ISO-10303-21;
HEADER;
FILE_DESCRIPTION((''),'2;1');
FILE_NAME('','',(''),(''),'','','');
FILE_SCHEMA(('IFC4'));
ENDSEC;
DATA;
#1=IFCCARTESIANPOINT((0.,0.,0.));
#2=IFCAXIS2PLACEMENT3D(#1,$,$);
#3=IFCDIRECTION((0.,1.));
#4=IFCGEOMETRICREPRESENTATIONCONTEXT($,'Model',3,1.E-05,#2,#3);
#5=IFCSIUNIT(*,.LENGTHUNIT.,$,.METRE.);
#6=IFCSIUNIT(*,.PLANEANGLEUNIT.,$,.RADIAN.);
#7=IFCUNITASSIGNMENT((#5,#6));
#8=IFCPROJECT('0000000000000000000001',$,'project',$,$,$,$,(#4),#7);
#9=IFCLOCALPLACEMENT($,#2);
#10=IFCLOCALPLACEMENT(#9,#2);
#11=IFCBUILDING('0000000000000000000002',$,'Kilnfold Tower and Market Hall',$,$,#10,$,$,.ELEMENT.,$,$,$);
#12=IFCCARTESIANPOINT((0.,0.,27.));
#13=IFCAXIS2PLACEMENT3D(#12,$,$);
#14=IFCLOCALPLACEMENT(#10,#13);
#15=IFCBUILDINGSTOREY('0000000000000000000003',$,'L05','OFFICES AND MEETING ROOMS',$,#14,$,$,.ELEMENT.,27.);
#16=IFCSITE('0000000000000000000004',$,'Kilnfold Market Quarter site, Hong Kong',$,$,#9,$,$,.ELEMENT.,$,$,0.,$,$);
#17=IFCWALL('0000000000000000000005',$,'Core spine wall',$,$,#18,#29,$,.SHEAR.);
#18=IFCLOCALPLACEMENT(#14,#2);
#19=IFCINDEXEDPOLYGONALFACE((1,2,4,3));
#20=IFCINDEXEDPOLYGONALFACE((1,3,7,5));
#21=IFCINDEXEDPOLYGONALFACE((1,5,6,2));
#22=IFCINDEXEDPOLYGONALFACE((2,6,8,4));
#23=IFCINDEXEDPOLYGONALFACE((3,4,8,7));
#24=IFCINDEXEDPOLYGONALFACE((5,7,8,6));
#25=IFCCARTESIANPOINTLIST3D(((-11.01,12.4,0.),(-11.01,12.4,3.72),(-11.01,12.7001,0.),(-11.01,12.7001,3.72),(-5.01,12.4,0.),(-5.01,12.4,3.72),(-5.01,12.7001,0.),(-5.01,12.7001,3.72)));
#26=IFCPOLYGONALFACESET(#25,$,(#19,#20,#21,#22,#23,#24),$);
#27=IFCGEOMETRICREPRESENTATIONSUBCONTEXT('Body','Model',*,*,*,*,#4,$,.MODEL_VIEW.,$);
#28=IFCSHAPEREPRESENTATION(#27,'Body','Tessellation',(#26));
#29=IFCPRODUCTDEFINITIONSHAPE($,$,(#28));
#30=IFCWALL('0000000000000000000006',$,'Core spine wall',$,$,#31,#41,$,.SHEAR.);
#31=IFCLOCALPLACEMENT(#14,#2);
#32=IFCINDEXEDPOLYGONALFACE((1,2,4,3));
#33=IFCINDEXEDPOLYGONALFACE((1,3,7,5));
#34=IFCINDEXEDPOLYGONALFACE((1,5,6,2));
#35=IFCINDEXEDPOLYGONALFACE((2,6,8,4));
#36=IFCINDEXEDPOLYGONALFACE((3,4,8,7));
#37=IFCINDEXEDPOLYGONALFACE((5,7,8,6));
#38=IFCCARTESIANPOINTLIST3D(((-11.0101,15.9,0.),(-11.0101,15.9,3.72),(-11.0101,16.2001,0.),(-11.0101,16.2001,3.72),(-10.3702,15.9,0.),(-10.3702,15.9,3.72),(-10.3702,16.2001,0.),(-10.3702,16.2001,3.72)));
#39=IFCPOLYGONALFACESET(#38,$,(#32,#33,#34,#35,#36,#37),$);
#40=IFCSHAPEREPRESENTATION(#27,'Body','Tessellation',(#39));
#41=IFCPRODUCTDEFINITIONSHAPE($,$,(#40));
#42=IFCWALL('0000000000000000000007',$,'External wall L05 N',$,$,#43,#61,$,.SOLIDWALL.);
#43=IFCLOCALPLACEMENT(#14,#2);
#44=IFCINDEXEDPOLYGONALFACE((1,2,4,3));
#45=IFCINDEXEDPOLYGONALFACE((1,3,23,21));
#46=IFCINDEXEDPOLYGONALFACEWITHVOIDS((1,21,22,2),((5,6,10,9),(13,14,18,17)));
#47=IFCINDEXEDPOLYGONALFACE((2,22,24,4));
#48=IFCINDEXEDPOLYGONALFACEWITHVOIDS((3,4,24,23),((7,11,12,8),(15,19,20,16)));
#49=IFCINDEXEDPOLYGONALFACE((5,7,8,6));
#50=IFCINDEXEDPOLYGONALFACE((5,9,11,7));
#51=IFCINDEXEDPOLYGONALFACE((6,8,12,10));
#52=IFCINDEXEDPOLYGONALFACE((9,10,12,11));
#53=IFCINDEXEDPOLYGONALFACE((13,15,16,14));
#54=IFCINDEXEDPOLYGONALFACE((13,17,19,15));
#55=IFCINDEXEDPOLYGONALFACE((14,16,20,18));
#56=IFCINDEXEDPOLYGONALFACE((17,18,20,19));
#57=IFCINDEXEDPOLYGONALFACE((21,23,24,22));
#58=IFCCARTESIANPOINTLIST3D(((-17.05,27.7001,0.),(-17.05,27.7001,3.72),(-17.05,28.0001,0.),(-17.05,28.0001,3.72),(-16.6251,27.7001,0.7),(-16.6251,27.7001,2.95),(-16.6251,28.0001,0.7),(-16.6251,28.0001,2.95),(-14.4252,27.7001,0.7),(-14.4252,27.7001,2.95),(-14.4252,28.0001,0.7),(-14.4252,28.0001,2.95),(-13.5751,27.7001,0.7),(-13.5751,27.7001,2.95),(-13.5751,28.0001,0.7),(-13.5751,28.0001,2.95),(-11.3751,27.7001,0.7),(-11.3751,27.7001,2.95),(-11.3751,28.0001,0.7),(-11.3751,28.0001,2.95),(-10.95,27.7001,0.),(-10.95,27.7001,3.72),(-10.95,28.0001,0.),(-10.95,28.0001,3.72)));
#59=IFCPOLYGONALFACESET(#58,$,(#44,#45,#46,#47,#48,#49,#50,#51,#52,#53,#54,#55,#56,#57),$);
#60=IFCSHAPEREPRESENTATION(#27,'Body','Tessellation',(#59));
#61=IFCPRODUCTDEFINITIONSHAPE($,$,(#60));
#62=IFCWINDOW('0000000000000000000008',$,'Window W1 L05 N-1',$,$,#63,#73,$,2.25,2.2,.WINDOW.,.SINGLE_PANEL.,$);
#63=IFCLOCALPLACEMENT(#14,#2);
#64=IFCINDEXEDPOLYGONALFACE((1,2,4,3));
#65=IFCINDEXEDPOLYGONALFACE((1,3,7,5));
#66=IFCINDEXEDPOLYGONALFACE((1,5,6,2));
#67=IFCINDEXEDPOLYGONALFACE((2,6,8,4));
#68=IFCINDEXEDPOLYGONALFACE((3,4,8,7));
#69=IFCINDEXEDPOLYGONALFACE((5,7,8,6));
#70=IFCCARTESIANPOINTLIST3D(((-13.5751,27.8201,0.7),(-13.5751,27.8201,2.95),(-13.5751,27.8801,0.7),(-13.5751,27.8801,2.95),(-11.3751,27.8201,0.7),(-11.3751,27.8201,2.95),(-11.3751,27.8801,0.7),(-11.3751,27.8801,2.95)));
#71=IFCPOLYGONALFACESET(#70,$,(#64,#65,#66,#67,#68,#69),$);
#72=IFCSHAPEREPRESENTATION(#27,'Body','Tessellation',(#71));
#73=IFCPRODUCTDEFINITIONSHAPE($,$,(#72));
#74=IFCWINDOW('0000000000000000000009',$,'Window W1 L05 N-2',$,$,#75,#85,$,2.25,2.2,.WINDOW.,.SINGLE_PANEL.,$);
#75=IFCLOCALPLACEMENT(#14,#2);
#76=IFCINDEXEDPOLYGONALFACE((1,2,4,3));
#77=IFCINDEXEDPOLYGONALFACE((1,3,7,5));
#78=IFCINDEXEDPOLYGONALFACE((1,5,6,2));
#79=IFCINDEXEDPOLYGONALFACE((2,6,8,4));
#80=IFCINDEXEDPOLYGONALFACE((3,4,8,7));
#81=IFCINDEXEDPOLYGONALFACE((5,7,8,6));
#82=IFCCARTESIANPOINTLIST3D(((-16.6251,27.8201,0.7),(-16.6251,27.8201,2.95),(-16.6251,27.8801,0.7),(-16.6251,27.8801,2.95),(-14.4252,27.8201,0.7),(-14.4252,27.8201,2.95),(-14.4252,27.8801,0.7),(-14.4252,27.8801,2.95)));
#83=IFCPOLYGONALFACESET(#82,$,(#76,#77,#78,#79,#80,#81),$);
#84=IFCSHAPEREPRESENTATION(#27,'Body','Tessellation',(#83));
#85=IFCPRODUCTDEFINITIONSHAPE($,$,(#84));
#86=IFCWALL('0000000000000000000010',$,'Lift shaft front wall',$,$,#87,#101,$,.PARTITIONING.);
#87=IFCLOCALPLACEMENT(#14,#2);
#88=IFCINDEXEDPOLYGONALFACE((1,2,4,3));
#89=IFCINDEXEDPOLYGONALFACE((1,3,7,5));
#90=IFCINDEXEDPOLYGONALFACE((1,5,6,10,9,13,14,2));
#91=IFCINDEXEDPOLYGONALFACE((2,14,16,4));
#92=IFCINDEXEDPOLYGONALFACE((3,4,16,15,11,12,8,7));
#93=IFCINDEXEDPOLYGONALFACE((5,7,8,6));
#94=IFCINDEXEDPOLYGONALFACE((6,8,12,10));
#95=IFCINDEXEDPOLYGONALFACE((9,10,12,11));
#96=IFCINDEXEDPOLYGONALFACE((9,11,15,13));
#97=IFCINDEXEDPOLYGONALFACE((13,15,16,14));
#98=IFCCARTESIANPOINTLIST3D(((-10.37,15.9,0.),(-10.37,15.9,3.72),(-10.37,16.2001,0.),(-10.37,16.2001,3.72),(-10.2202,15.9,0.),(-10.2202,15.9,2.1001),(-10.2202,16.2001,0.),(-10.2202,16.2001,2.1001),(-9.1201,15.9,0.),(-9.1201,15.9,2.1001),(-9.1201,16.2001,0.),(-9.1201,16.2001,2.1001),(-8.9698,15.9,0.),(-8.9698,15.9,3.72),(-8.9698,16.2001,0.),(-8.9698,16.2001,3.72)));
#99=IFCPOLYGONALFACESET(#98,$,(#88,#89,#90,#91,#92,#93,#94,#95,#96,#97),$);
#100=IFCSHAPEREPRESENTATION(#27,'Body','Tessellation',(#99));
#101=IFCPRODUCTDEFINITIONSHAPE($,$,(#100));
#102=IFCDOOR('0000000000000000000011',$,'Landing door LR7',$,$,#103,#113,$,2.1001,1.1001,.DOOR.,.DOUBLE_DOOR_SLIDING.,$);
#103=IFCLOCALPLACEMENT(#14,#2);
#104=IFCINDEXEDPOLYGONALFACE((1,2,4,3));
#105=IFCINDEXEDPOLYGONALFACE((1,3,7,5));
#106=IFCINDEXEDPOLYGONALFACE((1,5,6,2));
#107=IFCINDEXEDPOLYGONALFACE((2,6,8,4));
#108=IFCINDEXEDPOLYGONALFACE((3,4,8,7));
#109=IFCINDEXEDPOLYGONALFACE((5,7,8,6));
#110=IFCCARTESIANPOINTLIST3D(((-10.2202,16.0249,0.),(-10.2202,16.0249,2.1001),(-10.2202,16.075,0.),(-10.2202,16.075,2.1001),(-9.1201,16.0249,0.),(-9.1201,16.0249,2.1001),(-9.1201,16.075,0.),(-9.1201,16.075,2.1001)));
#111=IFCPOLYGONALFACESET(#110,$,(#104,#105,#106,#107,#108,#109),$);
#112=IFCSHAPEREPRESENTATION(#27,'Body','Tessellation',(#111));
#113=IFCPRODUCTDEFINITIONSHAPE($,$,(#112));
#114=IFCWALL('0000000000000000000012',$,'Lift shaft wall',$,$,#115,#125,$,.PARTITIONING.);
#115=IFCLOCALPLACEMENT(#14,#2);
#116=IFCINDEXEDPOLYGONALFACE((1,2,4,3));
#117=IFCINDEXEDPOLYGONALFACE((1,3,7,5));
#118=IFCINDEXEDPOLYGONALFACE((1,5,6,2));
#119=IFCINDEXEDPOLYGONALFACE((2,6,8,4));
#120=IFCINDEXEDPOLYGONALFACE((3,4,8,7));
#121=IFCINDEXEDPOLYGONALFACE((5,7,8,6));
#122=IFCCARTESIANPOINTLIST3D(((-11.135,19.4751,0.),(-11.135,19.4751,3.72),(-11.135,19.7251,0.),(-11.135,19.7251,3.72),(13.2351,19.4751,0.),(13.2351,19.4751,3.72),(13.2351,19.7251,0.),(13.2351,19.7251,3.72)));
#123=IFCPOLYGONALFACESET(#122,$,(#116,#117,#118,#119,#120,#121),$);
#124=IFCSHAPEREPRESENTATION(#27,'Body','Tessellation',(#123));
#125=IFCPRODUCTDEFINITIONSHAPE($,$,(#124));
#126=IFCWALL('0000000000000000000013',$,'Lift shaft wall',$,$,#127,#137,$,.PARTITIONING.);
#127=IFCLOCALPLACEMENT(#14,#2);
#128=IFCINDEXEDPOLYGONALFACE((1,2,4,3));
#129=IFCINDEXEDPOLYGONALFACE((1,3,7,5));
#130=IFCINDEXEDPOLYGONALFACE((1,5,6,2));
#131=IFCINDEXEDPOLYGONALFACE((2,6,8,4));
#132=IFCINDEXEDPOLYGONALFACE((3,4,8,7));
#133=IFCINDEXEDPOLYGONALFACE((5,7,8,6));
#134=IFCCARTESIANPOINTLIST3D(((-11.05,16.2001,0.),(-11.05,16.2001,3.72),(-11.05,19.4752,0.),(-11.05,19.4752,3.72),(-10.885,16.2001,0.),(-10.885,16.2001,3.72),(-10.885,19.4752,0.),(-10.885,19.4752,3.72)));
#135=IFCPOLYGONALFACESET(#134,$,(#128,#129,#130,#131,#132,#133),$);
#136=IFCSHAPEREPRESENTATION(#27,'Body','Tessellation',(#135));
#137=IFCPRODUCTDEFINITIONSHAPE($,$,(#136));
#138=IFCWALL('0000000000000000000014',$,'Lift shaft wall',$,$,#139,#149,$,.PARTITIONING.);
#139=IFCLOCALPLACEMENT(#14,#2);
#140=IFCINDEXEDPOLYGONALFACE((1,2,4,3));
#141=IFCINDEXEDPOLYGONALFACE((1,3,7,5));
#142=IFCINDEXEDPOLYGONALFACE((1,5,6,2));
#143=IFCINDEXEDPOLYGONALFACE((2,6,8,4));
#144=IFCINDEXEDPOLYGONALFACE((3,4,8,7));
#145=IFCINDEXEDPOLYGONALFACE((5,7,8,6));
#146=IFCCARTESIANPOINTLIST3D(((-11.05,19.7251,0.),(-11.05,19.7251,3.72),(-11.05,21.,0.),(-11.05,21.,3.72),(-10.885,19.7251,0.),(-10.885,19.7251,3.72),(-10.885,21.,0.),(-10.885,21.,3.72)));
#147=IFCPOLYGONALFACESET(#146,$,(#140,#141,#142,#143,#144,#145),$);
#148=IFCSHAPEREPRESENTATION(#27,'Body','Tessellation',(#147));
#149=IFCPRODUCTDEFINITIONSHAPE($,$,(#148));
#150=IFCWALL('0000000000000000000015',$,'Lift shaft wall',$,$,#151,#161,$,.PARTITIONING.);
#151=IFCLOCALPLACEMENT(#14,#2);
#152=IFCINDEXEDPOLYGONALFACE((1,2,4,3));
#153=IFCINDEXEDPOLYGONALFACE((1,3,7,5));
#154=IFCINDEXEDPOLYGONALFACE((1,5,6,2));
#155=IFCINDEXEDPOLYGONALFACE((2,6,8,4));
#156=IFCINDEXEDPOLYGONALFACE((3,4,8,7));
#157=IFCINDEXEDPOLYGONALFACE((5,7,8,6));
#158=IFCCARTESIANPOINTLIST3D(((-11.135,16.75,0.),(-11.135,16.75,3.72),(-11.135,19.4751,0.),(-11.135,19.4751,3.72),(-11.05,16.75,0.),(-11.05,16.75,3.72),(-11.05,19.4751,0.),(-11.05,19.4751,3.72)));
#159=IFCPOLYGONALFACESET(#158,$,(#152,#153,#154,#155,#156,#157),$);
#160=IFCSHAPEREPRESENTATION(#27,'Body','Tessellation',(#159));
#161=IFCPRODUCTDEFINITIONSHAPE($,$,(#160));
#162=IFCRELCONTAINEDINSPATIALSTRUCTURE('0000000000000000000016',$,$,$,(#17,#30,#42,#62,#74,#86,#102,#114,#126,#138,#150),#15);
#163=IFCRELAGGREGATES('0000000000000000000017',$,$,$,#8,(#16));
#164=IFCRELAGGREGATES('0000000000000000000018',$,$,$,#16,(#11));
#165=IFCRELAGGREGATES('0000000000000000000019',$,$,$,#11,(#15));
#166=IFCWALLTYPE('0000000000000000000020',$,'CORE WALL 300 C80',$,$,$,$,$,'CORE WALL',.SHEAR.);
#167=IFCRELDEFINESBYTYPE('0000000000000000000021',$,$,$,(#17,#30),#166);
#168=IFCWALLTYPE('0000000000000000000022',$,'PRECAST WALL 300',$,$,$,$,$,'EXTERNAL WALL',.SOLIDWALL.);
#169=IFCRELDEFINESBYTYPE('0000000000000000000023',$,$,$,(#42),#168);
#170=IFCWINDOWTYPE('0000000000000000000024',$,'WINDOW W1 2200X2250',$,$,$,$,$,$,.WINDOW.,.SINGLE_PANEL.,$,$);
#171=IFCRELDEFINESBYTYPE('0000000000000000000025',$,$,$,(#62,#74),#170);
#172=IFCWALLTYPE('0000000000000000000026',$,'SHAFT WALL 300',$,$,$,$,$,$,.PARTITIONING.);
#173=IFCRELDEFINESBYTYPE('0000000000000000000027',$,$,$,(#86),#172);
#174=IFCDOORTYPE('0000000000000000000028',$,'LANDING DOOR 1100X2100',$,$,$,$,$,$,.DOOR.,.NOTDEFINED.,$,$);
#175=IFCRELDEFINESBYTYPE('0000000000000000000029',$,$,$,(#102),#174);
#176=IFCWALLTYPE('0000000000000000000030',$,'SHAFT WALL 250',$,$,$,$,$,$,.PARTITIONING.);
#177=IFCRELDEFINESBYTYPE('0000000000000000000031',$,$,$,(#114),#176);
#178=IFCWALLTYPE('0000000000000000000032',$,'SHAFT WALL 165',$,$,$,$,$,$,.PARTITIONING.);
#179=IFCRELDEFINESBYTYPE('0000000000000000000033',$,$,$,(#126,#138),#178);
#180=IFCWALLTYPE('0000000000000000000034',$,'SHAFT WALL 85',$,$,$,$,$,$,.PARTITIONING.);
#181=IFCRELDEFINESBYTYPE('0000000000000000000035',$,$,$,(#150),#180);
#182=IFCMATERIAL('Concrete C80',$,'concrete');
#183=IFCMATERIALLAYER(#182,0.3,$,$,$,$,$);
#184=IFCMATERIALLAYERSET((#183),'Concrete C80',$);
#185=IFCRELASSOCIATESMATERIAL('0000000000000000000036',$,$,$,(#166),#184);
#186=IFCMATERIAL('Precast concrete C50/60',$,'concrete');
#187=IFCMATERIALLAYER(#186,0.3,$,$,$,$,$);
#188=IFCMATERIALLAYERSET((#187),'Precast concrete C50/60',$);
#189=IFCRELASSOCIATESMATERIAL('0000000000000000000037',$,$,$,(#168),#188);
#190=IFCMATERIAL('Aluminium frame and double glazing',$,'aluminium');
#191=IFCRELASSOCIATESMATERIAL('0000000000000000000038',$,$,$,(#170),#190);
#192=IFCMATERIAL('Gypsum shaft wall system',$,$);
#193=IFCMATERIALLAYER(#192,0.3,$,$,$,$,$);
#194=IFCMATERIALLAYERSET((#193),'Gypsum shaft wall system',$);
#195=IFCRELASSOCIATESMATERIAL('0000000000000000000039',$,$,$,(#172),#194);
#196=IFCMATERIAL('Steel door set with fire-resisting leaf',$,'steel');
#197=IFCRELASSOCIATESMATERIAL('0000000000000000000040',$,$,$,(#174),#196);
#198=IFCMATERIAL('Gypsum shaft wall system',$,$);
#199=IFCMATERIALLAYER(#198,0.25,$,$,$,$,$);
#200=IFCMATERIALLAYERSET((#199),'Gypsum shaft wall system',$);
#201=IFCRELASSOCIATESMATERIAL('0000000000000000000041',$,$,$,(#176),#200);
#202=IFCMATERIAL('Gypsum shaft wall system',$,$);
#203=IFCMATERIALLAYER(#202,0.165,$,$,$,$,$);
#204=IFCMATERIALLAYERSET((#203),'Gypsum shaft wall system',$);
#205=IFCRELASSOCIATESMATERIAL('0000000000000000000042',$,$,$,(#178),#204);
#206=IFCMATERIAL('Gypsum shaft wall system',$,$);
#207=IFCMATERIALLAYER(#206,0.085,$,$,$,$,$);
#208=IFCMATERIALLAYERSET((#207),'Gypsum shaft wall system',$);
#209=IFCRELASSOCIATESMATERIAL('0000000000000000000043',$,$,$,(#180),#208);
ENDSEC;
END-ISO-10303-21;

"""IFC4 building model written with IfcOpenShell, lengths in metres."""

from ifc_helpers import new_model, si_unit, direction, frame, frame_2d, origin, place, context, subcontext, project, spatial, rectangle, extrude, source, transform, mapped, material, layer, layer_set, type_object, element, fill, save


model = new_model("IFC4")

# Units and contexts
model_context = context("Model", 3, precision=1e-05, world=origin(), true_north=direction((0.0, 1.0)))
body_context = subcontext(model_context, "Body", "Model", "MODEL_VIEW")
ifc_project = project(units=[si_unit("LENGTHUNIT", "METRE"), si_unit("PLANEANGLEUNIT", "RADIAN")], contexts=[model_context])

# Site, building, storey
site_placement = place(None, origin())
site = spatial("IfcSite", under=ifc_project, at=site_placement, Name="Kilnfold Market Quarter site, Hong Kong", CompositionType="ELEMENT", RefElevation=0.0)
building_placement = place(site_placement, origin())
building = spatial("IfcBuilding", under=site, at=building_placement, Name="Kilnfold Tower and Market Hall", CompositionType="ELEMENT")
storey_placement = place(building_placement, frame((0.0, 0.0, 27.0)))
storey = spatial("IfcBuildingStorey", under=building, at=storey_placement, Name="L05", Description="OFFICES AND MEETING ROOMS", CompositionType="ELEMENT", Elevation=27.0)

# Walls
ifc_material_1 = material(Name="Concrete C80", Category="concrete")
ifc_layer_1 = layer(ifc_material_1, 0.3)
ifc_layer_set_1 = layer_set([ifc_layer_1], Name="Concrete C80")
wall_type_1 = type_object("IfcWallType", Name="CORE WALL 300 C80", ElementType="CORE WALL", PredefinedType="SHEAR", material=ifc_layer_set_1)
shared_shape_1 = source(origin(), body_context, "Body", "SweptSolid", [
    extrude(rectangle(XDim=6.0, YDim=0.3, at=frame_2d((3.0, 0.0))), origin(), (0.0, 0.0, 1.0), 3.72),
])
wall_1_placement = place(storey_placement, frame((-11.01, 12.55, 0.0), z_axis=(0.0, 0.0, 1.0), x_axis=(1.0, 0.0, 0.0)))
element("IfcWall", 1, at=wall_1_placement, inside=storey, type_object=wall_type_1, Name="Core spine wall", PredefinedType="SHEAR", context=body_context, shape_type="MappedRepresentation", body=[
    mapped(shared_shape_1, transform((0.0, 0.0, 0.0))),
])
shared_shape_2 = source(origin(), body_context, "Body", "SweptSolid", [
    extrude(rectangle(XDim=0.6399, YDim=0.3, at=frame_2d((0.3198, 0.0))), origin(), (0.0, 0.0, 1.0), 3.72),
])
wall_2_placement = place(storey_placement, frame((-11.01, 16.05, 0.0), z_axis=(0.0, 0.0, 1.0), x_axis=(1.0, 0.0, 0.0)))
element("IfcWall", 2, at=wall_2_placement, inside=storey, type_object=wall_type_1, Name="Core spine wall", PredefinedType="SHEAR", context=body_context, shape_type="MappedRepresentation", body=[
    mapped(shared_shape_2, transform((0.0, 0.0, 0.0))),
])

# Wall, openings, windows
ifc_material_2 = material(Name="Precast concrete C50/60", Category="concrete")
ifc_layer_2 = layer(ifc_material_2, 0.3)
ifc_layer_set_2 = layer_set([ifc_layer_2], Name="Precast concrete C50/60")
wall_type_2 = type_object("IfcWallType", Name="PRECAST WALL 300", ElementType="EXTERNAL WALL", PredefinedType="SOLIDWALL", material=ifc_layer_set_2)
shared_shape_3 = source(origin(), body_context, "Body", "SweptSolid", [
    extrude(rectangle(XDim=6.1001, YDim=0.3, at=frame_2d((3.05, 0.0))), origin(), (0.0, 0.0, 1.0), 3.72),
])
wall_3_placement = place(storey_placement, frame((-10.95, 27.8501, 0.0), z_axis=(0.0, 0.0, 1.0), x_axis=(-1.0, 0.0, 0.0)))
wall_3 = element("IfcWall", 3, at=wall_3_placement, inside=storey, type_object=wall_type_2, Name="External wall L05 N", PredefinedType="SOLIDWALL", context=body_context, shape_type="MappedRepresentation", body=[
    mapped(shared_shape_3, transform((0.0, 0.0, 0.0))),
])
opening_1_placement = place(wall_3_placement, frame((0.425, 0.0, 0.7)))
opening_1 = element("IfcOpeningElement", 4, at=opening_1_placement, cuts=wall_3, PredefinedType="OPENING", context=body_context, shape_type="SweptSolid", body=[
    extrude(rectangle(XDim=2.2, YDim=2.25, at=frame_2d((1.1001, 1.125))), frame((0.0, 0.1602, 0.0), z_axis=(0.0, -1.0, 0.0), x_axis=(1.0, 0.0, 0.0)), (0.0, 0.0, 1.0), 0.3201),
])
opening_2_placement = place(wall_3_placement, frame((3.4751, 0.0, 0.7)))
opening_2 = element("IfcOpeningElement", 5, at=opening_2_placement, cuts=wall_3, PredefinedType="OPENING", context=body_context, shape_type="SweptSolid", body=[
    extrude(rectangle(XDim=2.2, YDim=2.25, at=frame_2d((1.1001, 1.125))), frame((0.0, 0.1602, 0.0), z_axis=(0.0, -1.0, 0.0), x_axis=(1.0, 0.0, 0.0)), (0.0, 0.0, 1.0), 0.3201),
])
ifc_material_3 = material(Name="Aluminium frame and double glazing", Category="aluminium")
window_type = type_object("IfcWindowType", Name="WINDOW W1 2200X2250", PartitioningType="SINGLE_PANEL", PredefinedType="WINDOW", material=ifc_material_3)
window_1_placement = place(opening_1_placement, origin())
window_1 = element("IfcWindow", 6, at=window_1_placement, inside=storey, type_object=window_type, Name="Window W1 L05 N-1", OverallHeight=2.25, OverallWidth=2.2, PartitioningType="SINGLE_PANEL", PredefinedType="WINDOW", context=body_context, shape_type="SweptSolid", body=[
    extrude(rectangle(XDim=2.2, YDim=2.25, at=frame_2d((1.1001, 1.125))), frame((0.0, 0.03, 0.0), z_axis=(0.0, -1.0, 0.0), x_axis=(1.0, 0.0, 0.0)), (0.0, 0.0, 1.0), 0.0601),
])
fill(opening_1, window_1)
window_2_placement = place(opening_2_placement, origin())
window_2 = element("IfcWindow", 7, at=window_2_placement, inside=storey, type_object=window_type, Name="Window W1 L05 N-2", OverallHeight=2.25, OverallWidth=2.2, PartitioningType="SINGLE_PANEL", PredefinedType="WINDOW", context=body_context, shape_type="SweptSolid", body=[
    extrude(rectangle(XDim=2.2, YDim=2.25, at=frame_2d((1.1001, 1.125))), frame((0.0, 0.03, 0.0), z_axis=(0.0, -1.0, 0.0), x_axis=(1.0, 0.0, 0.0)), (0.0, 0.0, 1.0), 0.0601),
])
fill(opening_2, window_2)

# Wall, opening, door
ifc_material_4 = material(Name="Gypsum shaft wall system")
ifc_layer_3 = layer(ifc_material_4, 0.3)
ifc_layer_set_3 = layer_set([ifc_layer_3], Name="Gypsum shaft wall system")
wall_type_3 = type_object("IfcWallType", Name="SHAFT WALL 300", PredefinedType="PARTITIONING", material=ifc_layer_set_3)
shared_shape_4 = source(origin(), body_context, "Body", "SweptSolid", [
    extrude(rectangle(XDim=1.4001, YDim=0.3, at=frame_2d((0.7002, 0.0))), origin(), (0.0, 0.0, 1.0), 3.72),
])
wall_4_placement = place(storey_placement, frame((-10.3701, 16.05, 0.0), z_axis=(0.0, 0.0, 1.0), x_axis=(1.0, 0.0, 0.0)))
wall_4 = element("IfcWall", 8, at=wall_4_placement, inside=storey, type_object=wall_type_3, Name="Lift shaft front wall", PredefinedType="PARTITIONING", context=body_context, shape_type="MappedRepresentation", body=[
    mapped(shared_shape_4, transform((0.0, 0.0, 0.0))),
])
opening_3_placement = place(wall_4_placement, frame((0.1499, 0.0, 0.0)))
opening_3 = element("IfcOpeningElement", 9, at=opening_3_placement, cuts=wall_4, PredefinedType="OPENING", context=body_context, shape_type="SweptSolid", body=[
    extrude(rectangle(XDim=1.1001, YDim=2.1001, at=frame_2d((0.55, 1.05))), frame((0.0, 0.1602, 0.0), z_axis=(0.0, -1.0, 0.0), x_axis=(1.0, 0.0, 0.0)), (0.0, 0.0, 1.0), 0.3201),
])
ifc_material_5 = material(Name="Steel door set with fire-resisting leaf", Category="steel")
door_type_1 = type_object("IfcDoorType", Name="LANDING DOOR 1100X2100", OperationType="NOTDEFINED", PredefinedType="DOOR", material=ifc_material_5)
door_1_placement = place(opening_3_placement, origin())
door_1 = element("IfcDoor", 10, at=door_1_placement, inside=storey, type_object=door_type_1, Name="Landing door LR7", OperationType="DOUBLE_DOOR_SLIDING", OverallHeight=2.1001, OverallWidth=1.1001, PredefinedType="DOOR", context=body_context, shape_type="SweptSolid", body=[
    extrude(rectangle(XDim=1.1001, YDim=2.1001, at=frame_2d((0.55, 1.05))), frame((0.0, 0.0249, 0.0), z_axis=(0.0, -1.0, 0.0), x_axis=(1.0, 0.0, 0.0)), (0.0, 0.0, 1.0), 0.05),
])
fill(opening_3, door_1)

# Walls
ifc_material_6 = material(Name="Gypsum shaft wall system")
ifc_layer_4 = layer(ifc_material_6, 0.25)
ifc_layer_set_4 = layer_set([ifc_layer_4], Name="Gypsum shaft wall system")
wall_type_4 = type_object("IfcWallType", Name="SHAFT WALL 250", PredefinedType="PARTITIONING", material=ifc_layer_set_4)
shared_shape_5 = source(origin(), body_context, "Body", "SweptSolid", [
    extrude(rectangle(XDim=24.3701, YDim=0.25, at=frame_2d((12.1851, 0.0))), origin(), (0.0, 0.0, 1.0), 3.72),
])
wall_5_placement = place(storey_placement, frame((-11.135, 19.6001, 0.0), z_axis=(0.0, 0.0, 1.0), x_axis=(1.0, 0.0, 0.0)))
element("IfcWall", 11, at=wall_5_placement, inside=storey, type_object=wall_type_4, Name="Lift shaft wall", PredefinedType="PARTITIONING", context=body_context, shape_type="MappedRepresentation", body=[
    mapped(shared_shape_5, transform((0.0, 0.0, 0.0))),
])
ifc_material_7 = material(Name="Gypsum shaft wall system")
ifc_layer_5 = layer(ifc_material_7, 0.165)
ifc_layer_set_5 = layer_set([ifc_layer_5], Name="Gypsum shaft wall system")
wall_type_5 = type_object("IfcWallType", Name="SHAFT WALL 165", PredefinedType="PARTITIONING", material=ifc_layer_set_5)
shared_shape_6 = source(origin(), body_context, "Body", "SweptSolid", [
    extrude(rectangle(XDim=3.2751, YDim=0.165, at=frame_2d((1.6377, 0.0))), origin(), (0.0, 0.0, 1.0), 3.72),
])
wall_6_placement = place(storey_placement, frame((-10.9675, 16.2, 0.0), z_axis=(0.0, 0.0, 1.0), x_axis=(0.0, 1.0, 0.0)))
element("IfcWall", 12, at=wall_6_placement, inside=storey, type_object=wall_type_5, Name="Lift shaft wall", PredefinedType="PARTITIONING", context=body_context, shape_type="MappedRepresentation", body=[
    mapped(shared_shape_6, transform((0.0, 0.0, 0.0))),
])
shared_shape_7 = source(origin(), body_context, "Body", "SweptSolid", [
    extrude(rectangle(XDim=1.2749, YDim=0.165, at=frame_2d((0.6375, 0.0))), origin(), (0.0, 0.0, 1.0), 3.72),
])
wall_7_placement = place(storey_placement, frame((-10.9675, 19.7251, 0.0), z_axis=(0.0, 0.0, 1.0), x_axis=(0.0, 1.0, 0.0)))
element("IfcWall", 13, at=wall_7_placement, inside=storey, type_object=wall_type_5, Name="Lift shaft wall", PredefinedType="PARTITIONING", context=body_context, shape_type="MappedRepresentation", body=[
    mapped(shared_shape_7, transform((0.0, 0.0, 0.0))),
])
ifc_material_8 = material(Name="Gypsum shaft wall system")
ifc_layer_6 = layer(ifc_material_8, 0.085)
ifc_layer_set_6 = layer_set([ifc_layer_6], Name="Gypsum shaft wall system")
wall_type_6 = type_object("IfcWallType", Name="SHAFT WALL 85", PredefinedType="PARTITIONING", material=ifc_layer_set_6)
shared_shape_8 = source(origin(), body_context, "Body", "SweptSolid", [
    extrude(rectangle(XDim=2.7251, YDim=0.085, at=frame_2d((1.3625, 0.0))), origin(), (0.0, 0.0, 1.0), 3.72),
])
wall_8_placement = place(storey_placement, frame((-11.0925, 16.75, 0.0), z_axis=(0.0, 0.0, 1.0), x_axis=(0.0, 1.0, 0.0)))
element("IfcWall", 14, at=wall_8_placement, inside=storey, type_object=wall_type_6, Name="Lift shaft wall", PredefinedType="PARTITIONING", context=body_context, shape_type="MappedRepresentation", body=[
    mapped(shared_shape_8, transform((0.0, 0.0, 0.0))),
])

save(model, "model.ifc")
